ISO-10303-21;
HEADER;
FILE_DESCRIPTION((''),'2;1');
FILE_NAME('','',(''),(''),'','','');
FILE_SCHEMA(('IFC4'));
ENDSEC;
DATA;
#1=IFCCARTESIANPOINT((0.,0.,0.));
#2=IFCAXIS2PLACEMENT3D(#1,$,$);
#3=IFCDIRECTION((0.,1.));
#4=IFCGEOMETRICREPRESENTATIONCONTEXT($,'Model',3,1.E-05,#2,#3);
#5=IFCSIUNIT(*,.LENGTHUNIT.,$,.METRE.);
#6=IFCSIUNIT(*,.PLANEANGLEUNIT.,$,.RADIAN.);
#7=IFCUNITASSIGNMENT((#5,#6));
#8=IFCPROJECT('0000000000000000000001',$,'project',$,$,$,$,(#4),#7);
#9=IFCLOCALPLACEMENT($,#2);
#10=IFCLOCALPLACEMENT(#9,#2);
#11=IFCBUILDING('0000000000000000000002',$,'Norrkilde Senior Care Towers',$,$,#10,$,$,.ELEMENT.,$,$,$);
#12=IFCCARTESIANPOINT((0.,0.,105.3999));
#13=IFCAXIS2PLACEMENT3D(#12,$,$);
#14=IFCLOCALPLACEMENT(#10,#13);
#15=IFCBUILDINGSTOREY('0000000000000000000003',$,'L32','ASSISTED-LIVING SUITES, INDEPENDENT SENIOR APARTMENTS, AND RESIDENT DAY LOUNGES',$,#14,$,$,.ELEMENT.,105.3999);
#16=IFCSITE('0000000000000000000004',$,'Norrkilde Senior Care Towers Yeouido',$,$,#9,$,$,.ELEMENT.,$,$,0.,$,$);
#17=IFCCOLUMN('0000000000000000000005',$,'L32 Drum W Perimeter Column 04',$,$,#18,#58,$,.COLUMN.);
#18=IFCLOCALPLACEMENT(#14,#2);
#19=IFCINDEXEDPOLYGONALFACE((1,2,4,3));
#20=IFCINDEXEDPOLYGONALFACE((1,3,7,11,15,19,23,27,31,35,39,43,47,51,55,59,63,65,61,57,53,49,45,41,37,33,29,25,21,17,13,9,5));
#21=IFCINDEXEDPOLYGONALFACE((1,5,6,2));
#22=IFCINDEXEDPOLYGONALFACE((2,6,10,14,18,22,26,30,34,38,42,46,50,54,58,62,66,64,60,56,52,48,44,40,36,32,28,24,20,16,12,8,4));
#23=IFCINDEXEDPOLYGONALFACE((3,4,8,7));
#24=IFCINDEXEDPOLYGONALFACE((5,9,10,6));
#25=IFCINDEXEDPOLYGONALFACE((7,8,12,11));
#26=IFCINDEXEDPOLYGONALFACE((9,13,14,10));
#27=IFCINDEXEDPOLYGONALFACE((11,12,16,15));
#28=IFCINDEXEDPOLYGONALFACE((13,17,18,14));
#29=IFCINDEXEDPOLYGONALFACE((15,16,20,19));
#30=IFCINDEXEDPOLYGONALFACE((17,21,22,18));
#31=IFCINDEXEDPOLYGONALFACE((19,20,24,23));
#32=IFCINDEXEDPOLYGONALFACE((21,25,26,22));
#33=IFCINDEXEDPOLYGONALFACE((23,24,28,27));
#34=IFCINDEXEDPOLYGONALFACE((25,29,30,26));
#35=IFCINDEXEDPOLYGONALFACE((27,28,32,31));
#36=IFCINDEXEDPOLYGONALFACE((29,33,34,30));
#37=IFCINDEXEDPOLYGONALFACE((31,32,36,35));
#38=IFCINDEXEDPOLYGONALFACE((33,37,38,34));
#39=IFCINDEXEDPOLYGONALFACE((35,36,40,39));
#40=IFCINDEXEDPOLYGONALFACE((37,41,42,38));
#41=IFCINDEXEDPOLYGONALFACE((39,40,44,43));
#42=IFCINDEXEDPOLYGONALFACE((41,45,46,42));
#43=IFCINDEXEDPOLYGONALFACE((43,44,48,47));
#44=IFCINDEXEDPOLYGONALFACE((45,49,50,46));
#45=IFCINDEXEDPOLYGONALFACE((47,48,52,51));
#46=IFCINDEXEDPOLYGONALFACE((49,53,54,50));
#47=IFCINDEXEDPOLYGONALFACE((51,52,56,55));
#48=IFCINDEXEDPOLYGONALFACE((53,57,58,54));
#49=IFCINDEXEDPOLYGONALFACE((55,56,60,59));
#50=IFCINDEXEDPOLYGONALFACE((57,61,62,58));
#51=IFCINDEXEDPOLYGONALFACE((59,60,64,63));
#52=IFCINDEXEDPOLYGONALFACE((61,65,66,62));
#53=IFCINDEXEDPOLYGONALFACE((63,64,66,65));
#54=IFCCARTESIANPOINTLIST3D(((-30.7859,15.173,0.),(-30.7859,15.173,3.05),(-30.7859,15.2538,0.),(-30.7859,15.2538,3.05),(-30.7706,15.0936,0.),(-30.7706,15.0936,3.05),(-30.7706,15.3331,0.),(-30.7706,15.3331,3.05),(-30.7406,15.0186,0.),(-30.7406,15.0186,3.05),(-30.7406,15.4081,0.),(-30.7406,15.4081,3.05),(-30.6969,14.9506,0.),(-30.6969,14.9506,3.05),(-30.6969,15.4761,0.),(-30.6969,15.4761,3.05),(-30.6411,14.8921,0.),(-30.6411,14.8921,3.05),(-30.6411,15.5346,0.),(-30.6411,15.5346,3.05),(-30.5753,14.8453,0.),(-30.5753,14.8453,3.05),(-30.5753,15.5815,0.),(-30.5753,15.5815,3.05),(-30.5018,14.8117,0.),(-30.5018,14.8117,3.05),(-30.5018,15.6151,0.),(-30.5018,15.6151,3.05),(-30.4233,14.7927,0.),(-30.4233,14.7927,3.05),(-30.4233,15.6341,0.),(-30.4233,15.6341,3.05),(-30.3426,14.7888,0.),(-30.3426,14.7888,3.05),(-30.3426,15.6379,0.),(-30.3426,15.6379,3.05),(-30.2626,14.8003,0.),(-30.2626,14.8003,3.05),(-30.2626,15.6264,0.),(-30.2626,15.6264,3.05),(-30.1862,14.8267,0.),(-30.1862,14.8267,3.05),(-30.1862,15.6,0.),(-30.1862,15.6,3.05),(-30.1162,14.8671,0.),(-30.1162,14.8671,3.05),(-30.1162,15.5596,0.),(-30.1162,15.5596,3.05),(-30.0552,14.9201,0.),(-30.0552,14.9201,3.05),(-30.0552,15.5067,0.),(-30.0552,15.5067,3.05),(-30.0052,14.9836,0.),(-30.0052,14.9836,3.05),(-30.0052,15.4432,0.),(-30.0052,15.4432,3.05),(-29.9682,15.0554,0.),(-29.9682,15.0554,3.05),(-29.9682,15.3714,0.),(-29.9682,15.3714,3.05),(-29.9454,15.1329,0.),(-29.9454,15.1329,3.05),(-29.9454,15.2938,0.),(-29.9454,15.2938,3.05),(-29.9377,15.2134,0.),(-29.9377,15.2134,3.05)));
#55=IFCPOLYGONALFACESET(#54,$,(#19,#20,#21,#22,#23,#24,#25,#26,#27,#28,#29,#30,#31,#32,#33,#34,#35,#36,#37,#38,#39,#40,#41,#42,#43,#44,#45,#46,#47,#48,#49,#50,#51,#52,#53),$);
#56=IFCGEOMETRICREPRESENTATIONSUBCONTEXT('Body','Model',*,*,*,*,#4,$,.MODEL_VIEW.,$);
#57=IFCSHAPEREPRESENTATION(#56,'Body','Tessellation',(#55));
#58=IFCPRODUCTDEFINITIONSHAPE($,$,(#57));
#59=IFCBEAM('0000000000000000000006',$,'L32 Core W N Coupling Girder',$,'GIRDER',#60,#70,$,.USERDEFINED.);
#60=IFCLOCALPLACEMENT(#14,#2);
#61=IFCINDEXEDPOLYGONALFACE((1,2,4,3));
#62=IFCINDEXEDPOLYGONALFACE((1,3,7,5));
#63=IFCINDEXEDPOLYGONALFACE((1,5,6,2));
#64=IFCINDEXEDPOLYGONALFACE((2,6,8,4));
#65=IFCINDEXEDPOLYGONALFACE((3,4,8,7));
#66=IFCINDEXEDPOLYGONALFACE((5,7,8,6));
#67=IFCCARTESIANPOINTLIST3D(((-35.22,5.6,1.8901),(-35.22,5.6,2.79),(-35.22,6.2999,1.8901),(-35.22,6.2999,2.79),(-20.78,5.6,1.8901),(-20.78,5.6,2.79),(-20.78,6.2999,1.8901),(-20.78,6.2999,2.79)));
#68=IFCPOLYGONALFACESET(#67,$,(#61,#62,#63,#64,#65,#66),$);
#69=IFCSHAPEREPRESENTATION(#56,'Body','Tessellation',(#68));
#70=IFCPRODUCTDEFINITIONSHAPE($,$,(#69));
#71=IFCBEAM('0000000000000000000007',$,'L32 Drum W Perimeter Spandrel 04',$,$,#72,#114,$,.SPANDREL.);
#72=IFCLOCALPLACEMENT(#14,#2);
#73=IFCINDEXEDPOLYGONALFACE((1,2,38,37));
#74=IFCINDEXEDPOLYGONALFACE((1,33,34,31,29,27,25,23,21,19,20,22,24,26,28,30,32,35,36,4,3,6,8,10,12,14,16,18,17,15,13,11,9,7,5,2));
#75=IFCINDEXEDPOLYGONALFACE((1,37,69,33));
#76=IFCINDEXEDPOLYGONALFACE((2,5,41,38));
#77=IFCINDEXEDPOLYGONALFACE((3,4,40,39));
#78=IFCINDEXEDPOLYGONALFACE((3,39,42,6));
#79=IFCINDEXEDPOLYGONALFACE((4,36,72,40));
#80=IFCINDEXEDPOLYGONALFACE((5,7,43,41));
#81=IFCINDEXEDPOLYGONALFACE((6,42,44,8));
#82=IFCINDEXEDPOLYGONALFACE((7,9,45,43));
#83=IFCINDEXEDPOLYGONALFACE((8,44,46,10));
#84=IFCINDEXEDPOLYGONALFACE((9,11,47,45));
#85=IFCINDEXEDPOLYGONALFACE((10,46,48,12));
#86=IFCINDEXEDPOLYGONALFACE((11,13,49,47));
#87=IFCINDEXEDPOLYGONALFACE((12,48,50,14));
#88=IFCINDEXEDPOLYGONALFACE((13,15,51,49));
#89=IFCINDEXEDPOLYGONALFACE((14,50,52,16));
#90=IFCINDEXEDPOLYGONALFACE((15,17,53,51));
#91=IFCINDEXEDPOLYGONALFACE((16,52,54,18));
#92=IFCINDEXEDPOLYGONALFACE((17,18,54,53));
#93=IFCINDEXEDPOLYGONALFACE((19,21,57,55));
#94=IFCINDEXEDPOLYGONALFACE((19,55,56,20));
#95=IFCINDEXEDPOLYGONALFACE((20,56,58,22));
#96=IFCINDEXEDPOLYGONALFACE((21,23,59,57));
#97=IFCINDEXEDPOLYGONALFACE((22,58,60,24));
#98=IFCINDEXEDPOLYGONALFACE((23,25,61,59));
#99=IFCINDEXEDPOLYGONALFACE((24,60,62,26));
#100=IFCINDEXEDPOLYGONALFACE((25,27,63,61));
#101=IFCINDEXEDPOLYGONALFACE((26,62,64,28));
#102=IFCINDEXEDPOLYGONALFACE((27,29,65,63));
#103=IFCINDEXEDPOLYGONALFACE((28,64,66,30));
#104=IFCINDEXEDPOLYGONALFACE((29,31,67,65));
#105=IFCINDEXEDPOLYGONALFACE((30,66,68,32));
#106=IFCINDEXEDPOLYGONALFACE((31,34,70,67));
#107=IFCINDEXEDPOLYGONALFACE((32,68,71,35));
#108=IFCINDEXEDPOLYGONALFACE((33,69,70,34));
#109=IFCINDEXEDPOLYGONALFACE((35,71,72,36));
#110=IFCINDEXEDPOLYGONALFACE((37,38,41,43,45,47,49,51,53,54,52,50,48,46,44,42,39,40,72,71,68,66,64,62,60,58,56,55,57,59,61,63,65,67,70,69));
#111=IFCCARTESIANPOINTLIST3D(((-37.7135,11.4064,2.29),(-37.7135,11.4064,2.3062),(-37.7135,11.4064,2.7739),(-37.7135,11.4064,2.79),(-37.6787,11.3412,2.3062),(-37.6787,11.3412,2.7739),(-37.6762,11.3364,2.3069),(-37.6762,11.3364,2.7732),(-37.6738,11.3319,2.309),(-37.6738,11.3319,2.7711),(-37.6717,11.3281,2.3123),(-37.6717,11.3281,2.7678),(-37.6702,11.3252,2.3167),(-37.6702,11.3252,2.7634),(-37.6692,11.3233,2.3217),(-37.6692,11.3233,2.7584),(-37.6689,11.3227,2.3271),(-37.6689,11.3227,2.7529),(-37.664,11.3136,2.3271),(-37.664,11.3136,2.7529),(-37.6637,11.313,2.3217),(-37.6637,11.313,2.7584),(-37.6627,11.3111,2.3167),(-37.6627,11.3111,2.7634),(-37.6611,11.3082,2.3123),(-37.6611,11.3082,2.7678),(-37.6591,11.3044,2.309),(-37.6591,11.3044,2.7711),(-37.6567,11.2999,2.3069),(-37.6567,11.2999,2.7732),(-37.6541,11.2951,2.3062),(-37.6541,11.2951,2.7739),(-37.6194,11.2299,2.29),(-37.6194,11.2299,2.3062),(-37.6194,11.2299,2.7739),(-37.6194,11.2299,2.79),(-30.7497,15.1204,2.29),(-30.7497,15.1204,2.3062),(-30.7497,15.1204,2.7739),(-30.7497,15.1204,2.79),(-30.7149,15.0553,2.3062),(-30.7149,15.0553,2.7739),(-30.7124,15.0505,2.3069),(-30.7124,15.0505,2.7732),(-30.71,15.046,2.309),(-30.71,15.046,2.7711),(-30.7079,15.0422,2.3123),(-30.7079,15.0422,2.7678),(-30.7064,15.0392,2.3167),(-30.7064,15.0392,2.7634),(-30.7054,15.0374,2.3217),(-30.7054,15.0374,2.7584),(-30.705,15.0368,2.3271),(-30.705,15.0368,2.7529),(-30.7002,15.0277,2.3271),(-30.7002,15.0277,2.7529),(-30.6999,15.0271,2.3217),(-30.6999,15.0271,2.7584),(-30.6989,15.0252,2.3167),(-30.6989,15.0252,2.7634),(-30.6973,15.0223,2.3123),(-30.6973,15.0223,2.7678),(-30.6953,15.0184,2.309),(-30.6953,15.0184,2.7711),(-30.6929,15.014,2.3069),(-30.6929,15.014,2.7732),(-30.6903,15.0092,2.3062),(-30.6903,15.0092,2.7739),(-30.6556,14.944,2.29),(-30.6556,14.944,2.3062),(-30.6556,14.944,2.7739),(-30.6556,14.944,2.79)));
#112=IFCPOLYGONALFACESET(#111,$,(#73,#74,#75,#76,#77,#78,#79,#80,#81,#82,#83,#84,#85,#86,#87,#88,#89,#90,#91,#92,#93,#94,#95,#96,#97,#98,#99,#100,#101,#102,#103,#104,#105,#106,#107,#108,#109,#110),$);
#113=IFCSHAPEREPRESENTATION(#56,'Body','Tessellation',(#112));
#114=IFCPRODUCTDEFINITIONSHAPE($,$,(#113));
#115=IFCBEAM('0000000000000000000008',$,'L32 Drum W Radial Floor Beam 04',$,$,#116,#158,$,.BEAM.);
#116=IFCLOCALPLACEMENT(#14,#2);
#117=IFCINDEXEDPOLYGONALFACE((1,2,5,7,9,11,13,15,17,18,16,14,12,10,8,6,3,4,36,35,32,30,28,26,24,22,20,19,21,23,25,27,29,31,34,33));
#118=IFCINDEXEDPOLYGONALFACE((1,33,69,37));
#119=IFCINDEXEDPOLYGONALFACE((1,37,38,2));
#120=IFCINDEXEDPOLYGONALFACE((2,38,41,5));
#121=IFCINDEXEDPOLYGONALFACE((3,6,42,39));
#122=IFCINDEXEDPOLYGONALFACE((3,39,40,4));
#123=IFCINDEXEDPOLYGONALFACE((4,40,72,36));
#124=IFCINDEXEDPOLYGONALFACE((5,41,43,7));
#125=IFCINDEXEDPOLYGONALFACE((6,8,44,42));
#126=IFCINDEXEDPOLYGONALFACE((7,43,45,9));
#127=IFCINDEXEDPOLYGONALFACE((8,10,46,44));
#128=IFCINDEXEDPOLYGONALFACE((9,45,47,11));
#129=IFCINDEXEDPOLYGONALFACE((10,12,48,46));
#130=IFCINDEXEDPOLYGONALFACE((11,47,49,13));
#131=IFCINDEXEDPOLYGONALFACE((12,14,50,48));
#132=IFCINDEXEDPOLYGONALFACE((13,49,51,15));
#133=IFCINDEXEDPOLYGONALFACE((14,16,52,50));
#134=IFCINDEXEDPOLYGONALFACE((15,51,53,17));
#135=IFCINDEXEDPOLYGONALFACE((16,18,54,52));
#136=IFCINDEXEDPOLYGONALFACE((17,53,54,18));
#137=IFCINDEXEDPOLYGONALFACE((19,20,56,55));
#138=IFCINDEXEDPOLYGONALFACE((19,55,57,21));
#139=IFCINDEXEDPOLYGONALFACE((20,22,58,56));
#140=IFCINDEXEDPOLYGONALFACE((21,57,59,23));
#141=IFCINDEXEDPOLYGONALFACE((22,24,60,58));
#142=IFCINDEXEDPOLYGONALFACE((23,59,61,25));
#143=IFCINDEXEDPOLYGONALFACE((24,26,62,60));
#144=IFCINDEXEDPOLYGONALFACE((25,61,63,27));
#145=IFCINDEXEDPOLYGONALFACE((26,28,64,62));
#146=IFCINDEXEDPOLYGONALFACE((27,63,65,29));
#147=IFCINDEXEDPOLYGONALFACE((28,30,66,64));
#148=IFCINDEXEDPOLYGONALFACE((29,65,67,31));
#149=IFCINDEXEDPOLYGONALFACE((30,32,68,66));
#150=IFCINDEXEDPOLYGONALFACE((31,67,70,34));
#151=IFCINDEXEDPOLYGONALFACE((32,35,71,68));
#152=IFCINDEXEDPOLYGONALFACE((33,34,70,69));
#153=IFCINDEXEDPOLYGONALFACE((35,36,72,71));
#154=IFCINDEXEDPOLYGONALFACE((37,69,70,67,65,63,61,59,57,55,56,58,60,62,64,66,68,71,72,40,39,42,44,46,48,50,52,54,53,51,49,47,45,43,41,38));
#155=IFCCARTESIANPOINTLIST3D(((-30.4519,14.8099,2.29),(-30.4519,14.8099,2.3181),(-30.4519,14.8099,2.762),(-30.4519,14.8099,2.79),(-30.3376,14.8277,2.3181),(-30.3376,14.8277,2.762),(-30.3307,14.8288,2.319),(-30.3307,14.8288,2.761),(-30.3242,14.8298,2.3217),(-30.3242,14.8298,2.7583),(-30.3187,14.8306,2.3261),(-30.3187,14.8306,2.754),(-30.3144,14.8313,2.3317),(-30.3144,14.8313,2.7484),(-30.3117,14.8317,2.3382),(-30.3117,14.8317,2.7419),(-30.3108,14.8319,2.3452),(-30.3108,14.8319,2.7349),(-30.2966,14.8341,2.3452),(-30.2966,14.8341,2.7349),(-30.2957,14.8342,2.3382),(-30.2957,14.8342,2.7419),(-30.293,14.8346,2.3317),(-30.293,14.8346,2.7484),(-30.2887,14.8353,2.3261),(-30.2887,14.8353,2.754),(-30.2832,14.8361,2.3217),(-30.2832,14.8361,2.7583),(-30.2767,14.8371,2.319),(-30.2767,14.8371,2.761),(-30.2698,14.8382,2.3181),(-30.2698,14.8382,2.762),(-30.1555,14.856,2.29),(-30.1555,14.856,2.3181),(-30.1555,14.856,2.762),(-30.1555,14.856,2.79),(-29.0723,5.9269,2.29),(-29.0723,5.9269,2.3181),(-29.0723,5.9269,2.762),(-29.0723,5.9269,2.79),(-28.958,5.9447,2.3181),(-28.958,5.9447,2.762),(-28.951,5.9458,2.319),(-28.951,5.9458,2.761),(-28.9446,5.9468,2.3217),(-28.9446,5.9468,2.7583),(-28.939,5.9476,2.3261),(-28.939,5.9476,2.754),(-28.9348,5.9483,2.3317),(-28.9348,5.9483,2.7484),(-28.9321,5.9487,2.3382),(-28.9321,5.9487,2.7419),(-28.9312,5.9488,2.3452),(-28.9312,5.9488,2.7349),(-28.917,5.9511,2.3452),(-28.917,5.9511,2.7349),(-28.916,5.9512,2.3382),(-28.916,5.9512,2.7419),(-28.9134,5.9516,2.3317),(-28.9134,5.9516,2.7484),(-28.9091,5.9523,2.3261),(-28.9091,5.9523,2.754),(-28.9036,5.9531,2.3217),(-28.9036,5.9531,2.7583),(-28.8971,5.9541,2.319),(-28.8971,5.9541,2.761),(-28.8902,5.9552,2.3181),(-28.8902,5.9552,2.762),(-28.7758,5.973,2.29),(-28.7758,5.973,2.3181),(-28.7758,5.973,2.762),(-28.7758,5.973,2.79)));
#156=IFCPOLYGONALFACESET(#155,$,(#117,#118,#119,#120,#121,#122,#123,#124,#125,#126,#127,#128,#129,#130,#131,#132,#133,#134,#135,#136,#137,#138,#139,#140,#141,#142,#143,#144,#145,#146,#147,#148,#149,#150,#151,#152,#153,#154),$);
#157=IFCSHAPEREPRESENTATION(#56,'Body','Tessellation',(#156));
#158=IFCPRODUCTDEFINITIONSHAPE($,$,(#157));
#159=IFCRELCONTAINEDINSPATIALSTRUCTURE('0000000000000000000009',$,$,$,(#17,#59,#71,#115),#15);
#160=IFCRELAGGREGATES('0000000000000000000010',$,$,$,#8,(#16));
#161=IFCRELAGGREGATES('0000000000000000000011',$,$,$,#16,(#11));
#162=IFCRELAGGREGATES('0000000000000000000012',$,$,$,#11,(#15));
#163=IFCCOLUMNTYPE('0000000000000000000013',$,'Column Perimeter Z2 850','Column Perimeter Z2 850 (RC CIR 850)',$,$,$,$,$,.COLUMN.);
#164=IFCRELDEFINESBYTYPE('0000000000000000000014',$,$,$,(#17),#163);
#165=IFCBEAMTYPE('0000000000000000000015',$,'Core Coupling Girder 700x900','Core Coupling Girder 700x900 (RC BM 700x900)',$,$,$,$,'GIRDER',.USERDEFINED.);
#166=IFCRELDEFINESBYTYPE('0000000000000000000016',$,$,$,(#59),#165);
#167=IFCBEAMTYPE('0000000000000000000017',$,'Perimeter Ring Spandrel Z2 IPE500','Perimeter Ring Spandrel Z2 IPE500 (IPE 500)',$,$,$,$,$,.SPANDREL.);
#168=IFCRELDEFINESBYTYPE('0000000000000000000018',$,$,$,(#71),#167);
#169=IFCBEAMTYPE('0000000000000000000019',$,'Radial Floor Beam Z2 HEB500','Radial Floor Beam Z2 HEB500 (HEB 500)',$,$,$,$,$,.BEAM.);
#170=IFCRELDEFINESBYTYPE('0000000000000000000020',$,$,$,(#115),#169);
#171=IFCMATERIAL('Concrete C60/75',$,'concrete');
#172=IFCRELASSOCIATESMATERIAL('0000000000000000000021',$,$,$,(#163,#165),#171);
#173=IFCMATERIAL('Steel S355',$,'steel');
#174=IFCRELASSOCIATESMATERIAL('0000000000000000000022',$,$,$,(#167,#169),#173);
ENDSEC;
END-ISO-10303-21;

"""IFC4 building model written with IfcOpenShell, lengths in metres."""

from ifc_helpers import new_model, si_unit, direction, frame, origin, origin_2d, place, context, subcontext, project, spatial, rectangle, circle, i_section, extrude, source, transform, mapped, material, material_profile, profile_set, type_object, type_shapes, element, save


model = new_model("IFC4")

# Units and contexts
model_context = context("Model", 3, precision=1e-05, world=origin(), true_north=direction((0.0, 1.0)))
body_context = subcontext(model_context, "Body", "Model", "MODEL_VIEW")
ifc_project = project(units=[si_unit("LENGTHUNIT", "METRE"), si_unit("PLANEANGLEUNIT", "RADIAN")], contexts=[model_context])

# Site, building, storey
site_placement = place(None, origin())
site = spatial("IfcSite", under=ifc_project, at=site_placement, Name="Norrkilde Senior Care Towers Yeouido", CompositionType="ELEMENT", RefElevation=0.0)
building_placement = place(site_placement, origin())
building = spatial("IfcBuilding", under=site, at=building_placement, Name="Norrkilde Senior Care Towers", CompositionType="ELEMENT")
storey_placement = place(building_placement, frame((0.0, 0.0, 105.3999)))
storey = spatial("IfcBuildingStorey", under=building, at=storey_placement, Name="L32", Description="ASSISTED-LIVING SUITES, INDEPENDENT SENIOR APARTMENTS, AND RESIDENT DAY LOUNGES", CompositionType="ELEMENT", Elevation=105.3999)

# Column
ifc_material_1 = material(Name="Concrete C60/75", Category="concrete")
ifc_material_profile_1 = material_profile(ifc_material_1, circle(Radius=0.425, at=origin_2d()), Name="RC CIR 850")
ifc_profile_set_1 = profile_set([ifc_material_profile_1], Name="Concrete C60/75")
column_type = type_object("IfcColumnType", Name="Column Perimeter Z2 850", Description="Column Perimeter Z2 850 (RC CIR 850)", PredefinedType="COLUMN", material=ifc_profile_set_1)
shared_shape_1 = source(origin(), body_context, "Body", "SweptSolid", [
    extrude(circle(Radius=0.425, at=origin_2d()), origin(), (0.0, 0.0, 1.0), 3.05),
])
type_shapes(column_type, [shared_shape_1])
column_placement = place(storey_placement, frame((-30.3628, 15.2134, 0.0), z_axis=(0.0, 0.0, 1.0), x_axis=(1.0, 0.0, 0.0)))
element("IfcColumn", 1, at=column_placement, inside=storey, type_object=column_type, Name="L32 Drum W Perimeter Column 04", PredefinedType="COLUMN", context=body_context, shape_type="MappedRepresentation", body=[
    mapped(shared_shape_1, transform((0.0, 0.0, 0.0), x_axis=(1.0, 0.0, 0.0), y_axis=(0.0, 1.0, 0.0), z_axis=(0.0, 0.0, 1.0), scale=1.0)),
])

# Beams
ifc_material_profile_2 = material_profile(ifc_material_1, rectangle(XDim=0.7, YDim=0.8999, at=origin_2d()), Name="RC BM 700x900")
ifc_profile_set_2 = profile_set([ifc_material_profile_2], Name="Concrete C60/75")
beam_type_1 = type_object("IfcBeamType", Name="Core Coupling Girder 700x900", Description="Core Coupling Girder 700x900 (RC BM 700x900)", ElementType="GIRDER", PredefinedType="USERDEFINED", material=ifc_profile_set_2)
shared_shape_2 = source(origin(), body_context, "Body", "SweptSolid", [
    extrude(rectangle(XDim=0.7, YDim=0.8999, at=origin_2d()), origin(), (0.0, 0.0, 1.0), 14.4399),
])
type_shapes(beam_type_1, [shared_shape_2])
beam_1_placement = place(storey_placement, frame((-35.22, 5.95, 2.3401), z_axis=(1.0, 0.0, 0.0), x_axis=(0.0, 1.0, 0.0)))
element("IfcBeam", 2, at=beam_1_placement, inside=storey, type_object=beam_type_1, Name="L32 Core W N Coupling Girder", ObjectType="GIRDER", PredefinedType="USERDEFINED", context=body_context, shape_type="MappedRepresentation", body=[
    mapped(shared_shape_2, transform((0.0, 0.0, 0.0), x_axis=(1.0, 0.0, 0.0), y_axis=(0.0, 1.0, 0.0), z_axis=(0.0, 0.0, 1.0), scale=1.0)),
])
ifc_material_2 = material(Name="Steel S355", Category="steel")
ifc_material_profile_3 = material_profile(ifc_material_2, i_section(OverallWidth=0.2, OverallDepth=0.5, WebThickness=0.0103, FlangeThickness=0.0161, FilletRadius=0.021, at=origin_2d()), Name="IPE 500")
ifc_profile_set_3 = profile_set([ifc_material_profile_3], Name="Steel S355")
beam_type_2 = type_object("IfcBeamType", Name="Perimeter Ring Spandrel Z2 IPE500", Description="Perimeter Ring Spandrel Z2 IPE500 (IPE 500)", PredefinedType="SPANDREL", material=ifc_profile_set_3)
shared_shape_3 = source(origin(), body_context, "Body", "SweptSolid", [
    extrude(i_section(OverallWidth=0.2, OverallDepth=0.5, WebThickness=0.0103, FlangeThickness=0.0161, FilletRadius=0.021, at=origin_2d()), origin(), (0.0, 0.0, 1.0), 7.8923),
])
type_shapes(beam_type_2, [shared_shape_3])
beam_2_placement = place(storey_placement, frame((-30.7026, 15.0322, 2.54), z_axis=(-0.88235, -0.470593, 0.0), x_axis=(0.470593, -0.88235, 0.0)))
element("IfcBeam", 3, at=beam_2_placement, inside=storey, type_object=beam_type_2, Name="L32 Drum W Perimeter Spandrel 04", PredefinedType="SPANDREL", context=body_context, shape_type="MappedRepresentation", body=[
    mapped(shared_shape_3, transform((0.0, 0.0, 0.0), x_axis=(1.0, 0.0, 0.0), y_axis=(0.0, 1.0, 0.0), z_axis=(0.0, 0.0, 1.0), scale=1.0)),
])
ifc_material_profile_4 = material_profile(ifc_material_2, i_section(OverallWidth=0.3, OverallDepth=0.5, WebThickness=0.0144, FlangeThickness=0.0281, FilletRadius=0.0271, at=origin_2d()), Name="HEB 500")
ifc_profile_set_4 = profile_set([ifc_material_profile_4], Name="Steel S355")
beam_type_3 = type_object("IfcBeamType", Name="Radial Floor Beam Z2 HEB500", Description="Radial Floor Beam Z2 HEB500 (HEB 500)", PredefinedType="BEAM", material=ifc_profile_set_4)
shared_shape_4 = source(origin(), body_context, "Body", "SweptSolid", [
    extrude(i_section(OverallWidth=0.3, OverallDepth=0.5, WebThickness=0.0144, FlangeThickness=0.0281, FilletRadius=0.0271, at=origin_2d()), origin(), (0.0, 0.0, 1.0), 8.9895),
])
beam_3_placement = place(storey_placement, frame((-28.9241, 5.95, 2.54), z_axis=(-0.153471, 0.988153, 0.0), x_axis=(-0.988153, -0.153471, 0.0)))
element("IfcBeam", 4, at=beam_3_placement, inside=storey, type_object=beam_type_3, Name="L32 Drum W Radial Floor Beam 04", PredefinedType="BEAM", context=body_context, shape_type="MappedRepresentation", body=[
    mapped(shared_shape_4, transform((0.0, 0.0, 0.0), x_axis=(1.0, 0.0, 0.0), y_axis=(0.0, 1.0, 0.0), z_axis=(0.0, 0.0, 1.0), scale=1.0)),
])

save(model, "model.ifc")
